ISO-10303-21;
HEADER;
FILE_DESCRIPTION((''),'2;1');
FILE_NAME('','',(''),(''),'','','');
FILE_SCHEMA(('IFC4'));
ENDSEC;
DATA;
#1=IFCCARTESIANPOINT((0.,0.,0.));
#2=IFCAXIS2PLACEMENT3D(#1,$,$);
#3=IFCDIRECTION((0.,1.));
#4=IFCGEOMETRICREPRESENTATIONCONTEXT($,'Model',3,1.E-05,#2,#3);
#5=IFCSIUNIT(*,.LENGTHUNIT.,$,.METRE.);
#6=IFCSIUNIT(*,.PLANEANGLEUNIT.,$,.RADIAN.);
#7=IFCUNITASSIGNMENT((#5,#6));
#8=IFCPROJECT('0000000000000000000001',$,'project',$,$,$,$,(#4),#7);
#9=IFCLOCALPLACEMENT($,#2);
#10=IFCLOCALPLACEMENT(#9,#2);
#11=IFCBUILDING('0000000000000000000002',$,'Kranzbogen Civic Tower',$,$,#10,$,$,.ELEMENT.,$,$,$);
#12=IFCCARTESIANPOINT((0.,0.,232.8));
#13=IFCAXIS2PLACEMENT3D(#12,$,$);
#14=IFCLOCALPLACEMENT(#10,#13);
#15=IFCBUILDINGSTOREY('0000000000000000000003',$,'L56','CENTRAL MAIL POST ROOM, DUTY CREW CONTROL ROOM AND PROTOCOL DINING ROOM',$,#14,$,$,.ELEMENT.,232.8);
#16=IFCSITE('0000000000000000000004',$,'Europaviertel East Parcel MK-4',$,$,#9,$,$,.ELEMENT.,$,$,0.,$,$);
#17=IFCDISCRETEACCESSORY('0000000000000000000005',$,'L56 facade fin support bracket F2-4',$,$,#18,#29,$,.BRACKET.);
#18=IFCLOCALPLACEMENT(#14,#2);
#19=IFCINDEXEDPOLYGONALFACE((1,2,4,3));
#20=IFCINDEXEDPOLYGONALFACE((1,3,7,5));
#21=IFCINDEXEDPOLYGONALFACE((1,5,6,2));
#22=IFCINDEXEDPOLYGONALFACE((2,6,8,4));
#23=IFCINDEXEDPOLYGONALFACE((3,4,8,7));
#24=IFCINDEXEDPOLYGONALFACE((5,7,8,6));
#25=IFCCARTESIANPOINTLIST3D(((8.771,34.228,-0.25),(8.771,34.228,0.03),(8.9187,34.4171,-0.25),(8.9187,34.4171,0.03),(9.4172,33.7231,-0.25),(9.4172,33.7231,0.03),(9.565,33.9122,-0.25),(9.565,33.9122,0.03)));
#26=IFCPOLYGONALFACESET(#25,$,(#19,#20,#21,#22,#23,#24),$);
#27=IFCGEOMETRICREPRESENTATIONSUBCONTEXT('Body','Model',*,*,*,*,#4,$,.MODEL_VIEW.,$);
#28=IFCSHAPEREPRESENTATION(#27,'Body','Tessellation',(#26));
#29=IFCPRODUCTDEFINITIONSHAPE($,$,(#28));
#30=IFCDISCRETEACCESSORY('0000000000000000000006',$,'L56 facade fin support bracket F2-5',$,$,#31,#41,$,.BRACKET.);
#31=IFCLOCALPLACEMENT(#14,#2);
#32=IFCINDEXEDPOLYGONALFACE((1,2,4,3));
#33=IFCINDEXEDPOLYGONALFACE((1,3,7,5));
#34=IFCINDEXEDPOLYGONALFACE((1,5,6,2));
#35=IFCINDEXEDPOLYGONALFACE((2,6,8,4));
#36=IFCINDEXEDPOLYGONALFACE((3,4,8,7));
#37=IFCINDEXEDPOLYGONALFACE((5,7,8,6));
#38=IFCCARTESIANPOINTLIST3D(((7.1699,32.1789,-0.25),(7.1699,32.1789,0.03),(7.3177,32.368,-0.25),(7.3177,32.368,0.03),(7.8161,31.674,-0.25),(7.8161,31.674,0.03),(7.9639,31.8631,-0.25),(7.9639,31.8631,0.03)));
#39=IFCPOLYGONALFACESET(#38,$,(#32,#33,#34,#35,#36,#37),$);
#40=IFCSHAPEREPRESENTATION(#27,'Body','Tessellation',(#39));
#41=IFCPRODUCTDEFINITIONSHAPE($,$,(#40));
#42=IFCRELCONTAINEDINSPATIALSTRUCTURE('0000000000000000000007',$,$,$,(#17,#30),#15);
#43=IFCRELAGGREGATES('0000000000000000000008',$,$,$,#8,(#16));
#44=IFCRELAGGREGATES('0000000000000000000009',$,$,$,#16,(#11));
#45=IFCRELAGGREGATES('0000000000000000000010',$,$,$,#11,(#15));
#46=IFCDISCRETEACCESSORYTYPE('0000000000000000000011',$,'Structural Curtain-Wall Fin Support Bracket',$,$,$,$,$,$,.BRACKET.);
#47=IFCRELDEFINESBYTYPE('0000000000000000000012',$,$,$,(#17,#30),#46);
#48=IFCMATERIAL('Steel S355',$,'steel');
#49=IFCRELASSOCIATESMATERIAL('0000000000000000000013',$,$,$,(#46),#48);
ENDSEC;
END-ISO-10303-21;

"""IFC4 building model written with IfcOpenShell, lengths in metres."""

from ifc_helpers import new_model, si_unit, direction, frame, origin, origin_2d, place, context, subcontext, project, spatial, rectangle, extrude, material, type_object, element, save


model = new_model("IFC4")

# Units and contexts
model_context = context("Model", 3, precision=1e-05, world=origin(), true_north=direction((0.0, 1.0)))
body_context = subcontext(model_context, "Body", "Model", "MODEL_VIEW")
ifc_project = project(units=[si_unit("LENGTHUNIT", "METRE"), si_unit("PLANEANGLEUNIT", "RADIAN")], contexts=[model_context])

# Site, building, storey
site_placement = place(None, origin())
site = spatial("IfcSite", under=ifc_project, at=site_placement, Name="Europaviertel East Parcel MK-4", CompositionType="ELEMENT", RefElevation=0.0)
building_placement = place(site_placement, origin())
building = spatial("IfcBuilding", under=site, at=building_placement, Name="Kranzbogen Civic Tower", CompositionType="ELEMENT")
storey_placement = place(building_placement, frame((0.0, 0.0, 232.8)))
storey = spatial("IfcBuildingStorey", under=building, at=storey_placement, Name="L56", Description="CENTRAL MAIL POST ROOM, DUTY CREW CONTROL ROOM AND PROTOCOL DINING ROOM", CompositionType="ELEMENT", Elevation=232.8)

# Shared definitions
ifc_material_1 = material(Name="Steel S355", Category="steel")

# Discrete accessories
discrete_accessory_type = type_object("IfcDiscreteAccessoryType", Name="Structural Curtain-Wall Fin Support Bracket", PredefinedType="BRACKET", material=ifc_material_1)
for number, where, z_axis, x_axis, name in (
    (1, (9.168, 34.0701, -0.25), (0.0, 0.0, 1.0), (-0.788011, 0.615661, 0.0), "L56 facade fin support bracket F2-4"),
    (2, (7.5669, 32.021, -0.25), (0.0, 0.0, 1.0), (-0.788011, 0.615661, 0.0), "L56 facade fin support bracket F2-5"),
):
    element("IfcDiscreteAccessory", number, at=place(storey_placement, frame(where, z_axis=z_axis, x_axis=x_axis)), inside=storey, type_object=discrete_accessory_type, Name=name, PredefinedType="BRACKET", context=body_context, shape_type="SweptSolid", body=[
        extrude(rectangle(XDim=0.8201, YDim=0.24, at=origin_2d()), origin(), (0.0, 0.0, 1.0), 0.28),
    ])

save(model, "model.ifc")
